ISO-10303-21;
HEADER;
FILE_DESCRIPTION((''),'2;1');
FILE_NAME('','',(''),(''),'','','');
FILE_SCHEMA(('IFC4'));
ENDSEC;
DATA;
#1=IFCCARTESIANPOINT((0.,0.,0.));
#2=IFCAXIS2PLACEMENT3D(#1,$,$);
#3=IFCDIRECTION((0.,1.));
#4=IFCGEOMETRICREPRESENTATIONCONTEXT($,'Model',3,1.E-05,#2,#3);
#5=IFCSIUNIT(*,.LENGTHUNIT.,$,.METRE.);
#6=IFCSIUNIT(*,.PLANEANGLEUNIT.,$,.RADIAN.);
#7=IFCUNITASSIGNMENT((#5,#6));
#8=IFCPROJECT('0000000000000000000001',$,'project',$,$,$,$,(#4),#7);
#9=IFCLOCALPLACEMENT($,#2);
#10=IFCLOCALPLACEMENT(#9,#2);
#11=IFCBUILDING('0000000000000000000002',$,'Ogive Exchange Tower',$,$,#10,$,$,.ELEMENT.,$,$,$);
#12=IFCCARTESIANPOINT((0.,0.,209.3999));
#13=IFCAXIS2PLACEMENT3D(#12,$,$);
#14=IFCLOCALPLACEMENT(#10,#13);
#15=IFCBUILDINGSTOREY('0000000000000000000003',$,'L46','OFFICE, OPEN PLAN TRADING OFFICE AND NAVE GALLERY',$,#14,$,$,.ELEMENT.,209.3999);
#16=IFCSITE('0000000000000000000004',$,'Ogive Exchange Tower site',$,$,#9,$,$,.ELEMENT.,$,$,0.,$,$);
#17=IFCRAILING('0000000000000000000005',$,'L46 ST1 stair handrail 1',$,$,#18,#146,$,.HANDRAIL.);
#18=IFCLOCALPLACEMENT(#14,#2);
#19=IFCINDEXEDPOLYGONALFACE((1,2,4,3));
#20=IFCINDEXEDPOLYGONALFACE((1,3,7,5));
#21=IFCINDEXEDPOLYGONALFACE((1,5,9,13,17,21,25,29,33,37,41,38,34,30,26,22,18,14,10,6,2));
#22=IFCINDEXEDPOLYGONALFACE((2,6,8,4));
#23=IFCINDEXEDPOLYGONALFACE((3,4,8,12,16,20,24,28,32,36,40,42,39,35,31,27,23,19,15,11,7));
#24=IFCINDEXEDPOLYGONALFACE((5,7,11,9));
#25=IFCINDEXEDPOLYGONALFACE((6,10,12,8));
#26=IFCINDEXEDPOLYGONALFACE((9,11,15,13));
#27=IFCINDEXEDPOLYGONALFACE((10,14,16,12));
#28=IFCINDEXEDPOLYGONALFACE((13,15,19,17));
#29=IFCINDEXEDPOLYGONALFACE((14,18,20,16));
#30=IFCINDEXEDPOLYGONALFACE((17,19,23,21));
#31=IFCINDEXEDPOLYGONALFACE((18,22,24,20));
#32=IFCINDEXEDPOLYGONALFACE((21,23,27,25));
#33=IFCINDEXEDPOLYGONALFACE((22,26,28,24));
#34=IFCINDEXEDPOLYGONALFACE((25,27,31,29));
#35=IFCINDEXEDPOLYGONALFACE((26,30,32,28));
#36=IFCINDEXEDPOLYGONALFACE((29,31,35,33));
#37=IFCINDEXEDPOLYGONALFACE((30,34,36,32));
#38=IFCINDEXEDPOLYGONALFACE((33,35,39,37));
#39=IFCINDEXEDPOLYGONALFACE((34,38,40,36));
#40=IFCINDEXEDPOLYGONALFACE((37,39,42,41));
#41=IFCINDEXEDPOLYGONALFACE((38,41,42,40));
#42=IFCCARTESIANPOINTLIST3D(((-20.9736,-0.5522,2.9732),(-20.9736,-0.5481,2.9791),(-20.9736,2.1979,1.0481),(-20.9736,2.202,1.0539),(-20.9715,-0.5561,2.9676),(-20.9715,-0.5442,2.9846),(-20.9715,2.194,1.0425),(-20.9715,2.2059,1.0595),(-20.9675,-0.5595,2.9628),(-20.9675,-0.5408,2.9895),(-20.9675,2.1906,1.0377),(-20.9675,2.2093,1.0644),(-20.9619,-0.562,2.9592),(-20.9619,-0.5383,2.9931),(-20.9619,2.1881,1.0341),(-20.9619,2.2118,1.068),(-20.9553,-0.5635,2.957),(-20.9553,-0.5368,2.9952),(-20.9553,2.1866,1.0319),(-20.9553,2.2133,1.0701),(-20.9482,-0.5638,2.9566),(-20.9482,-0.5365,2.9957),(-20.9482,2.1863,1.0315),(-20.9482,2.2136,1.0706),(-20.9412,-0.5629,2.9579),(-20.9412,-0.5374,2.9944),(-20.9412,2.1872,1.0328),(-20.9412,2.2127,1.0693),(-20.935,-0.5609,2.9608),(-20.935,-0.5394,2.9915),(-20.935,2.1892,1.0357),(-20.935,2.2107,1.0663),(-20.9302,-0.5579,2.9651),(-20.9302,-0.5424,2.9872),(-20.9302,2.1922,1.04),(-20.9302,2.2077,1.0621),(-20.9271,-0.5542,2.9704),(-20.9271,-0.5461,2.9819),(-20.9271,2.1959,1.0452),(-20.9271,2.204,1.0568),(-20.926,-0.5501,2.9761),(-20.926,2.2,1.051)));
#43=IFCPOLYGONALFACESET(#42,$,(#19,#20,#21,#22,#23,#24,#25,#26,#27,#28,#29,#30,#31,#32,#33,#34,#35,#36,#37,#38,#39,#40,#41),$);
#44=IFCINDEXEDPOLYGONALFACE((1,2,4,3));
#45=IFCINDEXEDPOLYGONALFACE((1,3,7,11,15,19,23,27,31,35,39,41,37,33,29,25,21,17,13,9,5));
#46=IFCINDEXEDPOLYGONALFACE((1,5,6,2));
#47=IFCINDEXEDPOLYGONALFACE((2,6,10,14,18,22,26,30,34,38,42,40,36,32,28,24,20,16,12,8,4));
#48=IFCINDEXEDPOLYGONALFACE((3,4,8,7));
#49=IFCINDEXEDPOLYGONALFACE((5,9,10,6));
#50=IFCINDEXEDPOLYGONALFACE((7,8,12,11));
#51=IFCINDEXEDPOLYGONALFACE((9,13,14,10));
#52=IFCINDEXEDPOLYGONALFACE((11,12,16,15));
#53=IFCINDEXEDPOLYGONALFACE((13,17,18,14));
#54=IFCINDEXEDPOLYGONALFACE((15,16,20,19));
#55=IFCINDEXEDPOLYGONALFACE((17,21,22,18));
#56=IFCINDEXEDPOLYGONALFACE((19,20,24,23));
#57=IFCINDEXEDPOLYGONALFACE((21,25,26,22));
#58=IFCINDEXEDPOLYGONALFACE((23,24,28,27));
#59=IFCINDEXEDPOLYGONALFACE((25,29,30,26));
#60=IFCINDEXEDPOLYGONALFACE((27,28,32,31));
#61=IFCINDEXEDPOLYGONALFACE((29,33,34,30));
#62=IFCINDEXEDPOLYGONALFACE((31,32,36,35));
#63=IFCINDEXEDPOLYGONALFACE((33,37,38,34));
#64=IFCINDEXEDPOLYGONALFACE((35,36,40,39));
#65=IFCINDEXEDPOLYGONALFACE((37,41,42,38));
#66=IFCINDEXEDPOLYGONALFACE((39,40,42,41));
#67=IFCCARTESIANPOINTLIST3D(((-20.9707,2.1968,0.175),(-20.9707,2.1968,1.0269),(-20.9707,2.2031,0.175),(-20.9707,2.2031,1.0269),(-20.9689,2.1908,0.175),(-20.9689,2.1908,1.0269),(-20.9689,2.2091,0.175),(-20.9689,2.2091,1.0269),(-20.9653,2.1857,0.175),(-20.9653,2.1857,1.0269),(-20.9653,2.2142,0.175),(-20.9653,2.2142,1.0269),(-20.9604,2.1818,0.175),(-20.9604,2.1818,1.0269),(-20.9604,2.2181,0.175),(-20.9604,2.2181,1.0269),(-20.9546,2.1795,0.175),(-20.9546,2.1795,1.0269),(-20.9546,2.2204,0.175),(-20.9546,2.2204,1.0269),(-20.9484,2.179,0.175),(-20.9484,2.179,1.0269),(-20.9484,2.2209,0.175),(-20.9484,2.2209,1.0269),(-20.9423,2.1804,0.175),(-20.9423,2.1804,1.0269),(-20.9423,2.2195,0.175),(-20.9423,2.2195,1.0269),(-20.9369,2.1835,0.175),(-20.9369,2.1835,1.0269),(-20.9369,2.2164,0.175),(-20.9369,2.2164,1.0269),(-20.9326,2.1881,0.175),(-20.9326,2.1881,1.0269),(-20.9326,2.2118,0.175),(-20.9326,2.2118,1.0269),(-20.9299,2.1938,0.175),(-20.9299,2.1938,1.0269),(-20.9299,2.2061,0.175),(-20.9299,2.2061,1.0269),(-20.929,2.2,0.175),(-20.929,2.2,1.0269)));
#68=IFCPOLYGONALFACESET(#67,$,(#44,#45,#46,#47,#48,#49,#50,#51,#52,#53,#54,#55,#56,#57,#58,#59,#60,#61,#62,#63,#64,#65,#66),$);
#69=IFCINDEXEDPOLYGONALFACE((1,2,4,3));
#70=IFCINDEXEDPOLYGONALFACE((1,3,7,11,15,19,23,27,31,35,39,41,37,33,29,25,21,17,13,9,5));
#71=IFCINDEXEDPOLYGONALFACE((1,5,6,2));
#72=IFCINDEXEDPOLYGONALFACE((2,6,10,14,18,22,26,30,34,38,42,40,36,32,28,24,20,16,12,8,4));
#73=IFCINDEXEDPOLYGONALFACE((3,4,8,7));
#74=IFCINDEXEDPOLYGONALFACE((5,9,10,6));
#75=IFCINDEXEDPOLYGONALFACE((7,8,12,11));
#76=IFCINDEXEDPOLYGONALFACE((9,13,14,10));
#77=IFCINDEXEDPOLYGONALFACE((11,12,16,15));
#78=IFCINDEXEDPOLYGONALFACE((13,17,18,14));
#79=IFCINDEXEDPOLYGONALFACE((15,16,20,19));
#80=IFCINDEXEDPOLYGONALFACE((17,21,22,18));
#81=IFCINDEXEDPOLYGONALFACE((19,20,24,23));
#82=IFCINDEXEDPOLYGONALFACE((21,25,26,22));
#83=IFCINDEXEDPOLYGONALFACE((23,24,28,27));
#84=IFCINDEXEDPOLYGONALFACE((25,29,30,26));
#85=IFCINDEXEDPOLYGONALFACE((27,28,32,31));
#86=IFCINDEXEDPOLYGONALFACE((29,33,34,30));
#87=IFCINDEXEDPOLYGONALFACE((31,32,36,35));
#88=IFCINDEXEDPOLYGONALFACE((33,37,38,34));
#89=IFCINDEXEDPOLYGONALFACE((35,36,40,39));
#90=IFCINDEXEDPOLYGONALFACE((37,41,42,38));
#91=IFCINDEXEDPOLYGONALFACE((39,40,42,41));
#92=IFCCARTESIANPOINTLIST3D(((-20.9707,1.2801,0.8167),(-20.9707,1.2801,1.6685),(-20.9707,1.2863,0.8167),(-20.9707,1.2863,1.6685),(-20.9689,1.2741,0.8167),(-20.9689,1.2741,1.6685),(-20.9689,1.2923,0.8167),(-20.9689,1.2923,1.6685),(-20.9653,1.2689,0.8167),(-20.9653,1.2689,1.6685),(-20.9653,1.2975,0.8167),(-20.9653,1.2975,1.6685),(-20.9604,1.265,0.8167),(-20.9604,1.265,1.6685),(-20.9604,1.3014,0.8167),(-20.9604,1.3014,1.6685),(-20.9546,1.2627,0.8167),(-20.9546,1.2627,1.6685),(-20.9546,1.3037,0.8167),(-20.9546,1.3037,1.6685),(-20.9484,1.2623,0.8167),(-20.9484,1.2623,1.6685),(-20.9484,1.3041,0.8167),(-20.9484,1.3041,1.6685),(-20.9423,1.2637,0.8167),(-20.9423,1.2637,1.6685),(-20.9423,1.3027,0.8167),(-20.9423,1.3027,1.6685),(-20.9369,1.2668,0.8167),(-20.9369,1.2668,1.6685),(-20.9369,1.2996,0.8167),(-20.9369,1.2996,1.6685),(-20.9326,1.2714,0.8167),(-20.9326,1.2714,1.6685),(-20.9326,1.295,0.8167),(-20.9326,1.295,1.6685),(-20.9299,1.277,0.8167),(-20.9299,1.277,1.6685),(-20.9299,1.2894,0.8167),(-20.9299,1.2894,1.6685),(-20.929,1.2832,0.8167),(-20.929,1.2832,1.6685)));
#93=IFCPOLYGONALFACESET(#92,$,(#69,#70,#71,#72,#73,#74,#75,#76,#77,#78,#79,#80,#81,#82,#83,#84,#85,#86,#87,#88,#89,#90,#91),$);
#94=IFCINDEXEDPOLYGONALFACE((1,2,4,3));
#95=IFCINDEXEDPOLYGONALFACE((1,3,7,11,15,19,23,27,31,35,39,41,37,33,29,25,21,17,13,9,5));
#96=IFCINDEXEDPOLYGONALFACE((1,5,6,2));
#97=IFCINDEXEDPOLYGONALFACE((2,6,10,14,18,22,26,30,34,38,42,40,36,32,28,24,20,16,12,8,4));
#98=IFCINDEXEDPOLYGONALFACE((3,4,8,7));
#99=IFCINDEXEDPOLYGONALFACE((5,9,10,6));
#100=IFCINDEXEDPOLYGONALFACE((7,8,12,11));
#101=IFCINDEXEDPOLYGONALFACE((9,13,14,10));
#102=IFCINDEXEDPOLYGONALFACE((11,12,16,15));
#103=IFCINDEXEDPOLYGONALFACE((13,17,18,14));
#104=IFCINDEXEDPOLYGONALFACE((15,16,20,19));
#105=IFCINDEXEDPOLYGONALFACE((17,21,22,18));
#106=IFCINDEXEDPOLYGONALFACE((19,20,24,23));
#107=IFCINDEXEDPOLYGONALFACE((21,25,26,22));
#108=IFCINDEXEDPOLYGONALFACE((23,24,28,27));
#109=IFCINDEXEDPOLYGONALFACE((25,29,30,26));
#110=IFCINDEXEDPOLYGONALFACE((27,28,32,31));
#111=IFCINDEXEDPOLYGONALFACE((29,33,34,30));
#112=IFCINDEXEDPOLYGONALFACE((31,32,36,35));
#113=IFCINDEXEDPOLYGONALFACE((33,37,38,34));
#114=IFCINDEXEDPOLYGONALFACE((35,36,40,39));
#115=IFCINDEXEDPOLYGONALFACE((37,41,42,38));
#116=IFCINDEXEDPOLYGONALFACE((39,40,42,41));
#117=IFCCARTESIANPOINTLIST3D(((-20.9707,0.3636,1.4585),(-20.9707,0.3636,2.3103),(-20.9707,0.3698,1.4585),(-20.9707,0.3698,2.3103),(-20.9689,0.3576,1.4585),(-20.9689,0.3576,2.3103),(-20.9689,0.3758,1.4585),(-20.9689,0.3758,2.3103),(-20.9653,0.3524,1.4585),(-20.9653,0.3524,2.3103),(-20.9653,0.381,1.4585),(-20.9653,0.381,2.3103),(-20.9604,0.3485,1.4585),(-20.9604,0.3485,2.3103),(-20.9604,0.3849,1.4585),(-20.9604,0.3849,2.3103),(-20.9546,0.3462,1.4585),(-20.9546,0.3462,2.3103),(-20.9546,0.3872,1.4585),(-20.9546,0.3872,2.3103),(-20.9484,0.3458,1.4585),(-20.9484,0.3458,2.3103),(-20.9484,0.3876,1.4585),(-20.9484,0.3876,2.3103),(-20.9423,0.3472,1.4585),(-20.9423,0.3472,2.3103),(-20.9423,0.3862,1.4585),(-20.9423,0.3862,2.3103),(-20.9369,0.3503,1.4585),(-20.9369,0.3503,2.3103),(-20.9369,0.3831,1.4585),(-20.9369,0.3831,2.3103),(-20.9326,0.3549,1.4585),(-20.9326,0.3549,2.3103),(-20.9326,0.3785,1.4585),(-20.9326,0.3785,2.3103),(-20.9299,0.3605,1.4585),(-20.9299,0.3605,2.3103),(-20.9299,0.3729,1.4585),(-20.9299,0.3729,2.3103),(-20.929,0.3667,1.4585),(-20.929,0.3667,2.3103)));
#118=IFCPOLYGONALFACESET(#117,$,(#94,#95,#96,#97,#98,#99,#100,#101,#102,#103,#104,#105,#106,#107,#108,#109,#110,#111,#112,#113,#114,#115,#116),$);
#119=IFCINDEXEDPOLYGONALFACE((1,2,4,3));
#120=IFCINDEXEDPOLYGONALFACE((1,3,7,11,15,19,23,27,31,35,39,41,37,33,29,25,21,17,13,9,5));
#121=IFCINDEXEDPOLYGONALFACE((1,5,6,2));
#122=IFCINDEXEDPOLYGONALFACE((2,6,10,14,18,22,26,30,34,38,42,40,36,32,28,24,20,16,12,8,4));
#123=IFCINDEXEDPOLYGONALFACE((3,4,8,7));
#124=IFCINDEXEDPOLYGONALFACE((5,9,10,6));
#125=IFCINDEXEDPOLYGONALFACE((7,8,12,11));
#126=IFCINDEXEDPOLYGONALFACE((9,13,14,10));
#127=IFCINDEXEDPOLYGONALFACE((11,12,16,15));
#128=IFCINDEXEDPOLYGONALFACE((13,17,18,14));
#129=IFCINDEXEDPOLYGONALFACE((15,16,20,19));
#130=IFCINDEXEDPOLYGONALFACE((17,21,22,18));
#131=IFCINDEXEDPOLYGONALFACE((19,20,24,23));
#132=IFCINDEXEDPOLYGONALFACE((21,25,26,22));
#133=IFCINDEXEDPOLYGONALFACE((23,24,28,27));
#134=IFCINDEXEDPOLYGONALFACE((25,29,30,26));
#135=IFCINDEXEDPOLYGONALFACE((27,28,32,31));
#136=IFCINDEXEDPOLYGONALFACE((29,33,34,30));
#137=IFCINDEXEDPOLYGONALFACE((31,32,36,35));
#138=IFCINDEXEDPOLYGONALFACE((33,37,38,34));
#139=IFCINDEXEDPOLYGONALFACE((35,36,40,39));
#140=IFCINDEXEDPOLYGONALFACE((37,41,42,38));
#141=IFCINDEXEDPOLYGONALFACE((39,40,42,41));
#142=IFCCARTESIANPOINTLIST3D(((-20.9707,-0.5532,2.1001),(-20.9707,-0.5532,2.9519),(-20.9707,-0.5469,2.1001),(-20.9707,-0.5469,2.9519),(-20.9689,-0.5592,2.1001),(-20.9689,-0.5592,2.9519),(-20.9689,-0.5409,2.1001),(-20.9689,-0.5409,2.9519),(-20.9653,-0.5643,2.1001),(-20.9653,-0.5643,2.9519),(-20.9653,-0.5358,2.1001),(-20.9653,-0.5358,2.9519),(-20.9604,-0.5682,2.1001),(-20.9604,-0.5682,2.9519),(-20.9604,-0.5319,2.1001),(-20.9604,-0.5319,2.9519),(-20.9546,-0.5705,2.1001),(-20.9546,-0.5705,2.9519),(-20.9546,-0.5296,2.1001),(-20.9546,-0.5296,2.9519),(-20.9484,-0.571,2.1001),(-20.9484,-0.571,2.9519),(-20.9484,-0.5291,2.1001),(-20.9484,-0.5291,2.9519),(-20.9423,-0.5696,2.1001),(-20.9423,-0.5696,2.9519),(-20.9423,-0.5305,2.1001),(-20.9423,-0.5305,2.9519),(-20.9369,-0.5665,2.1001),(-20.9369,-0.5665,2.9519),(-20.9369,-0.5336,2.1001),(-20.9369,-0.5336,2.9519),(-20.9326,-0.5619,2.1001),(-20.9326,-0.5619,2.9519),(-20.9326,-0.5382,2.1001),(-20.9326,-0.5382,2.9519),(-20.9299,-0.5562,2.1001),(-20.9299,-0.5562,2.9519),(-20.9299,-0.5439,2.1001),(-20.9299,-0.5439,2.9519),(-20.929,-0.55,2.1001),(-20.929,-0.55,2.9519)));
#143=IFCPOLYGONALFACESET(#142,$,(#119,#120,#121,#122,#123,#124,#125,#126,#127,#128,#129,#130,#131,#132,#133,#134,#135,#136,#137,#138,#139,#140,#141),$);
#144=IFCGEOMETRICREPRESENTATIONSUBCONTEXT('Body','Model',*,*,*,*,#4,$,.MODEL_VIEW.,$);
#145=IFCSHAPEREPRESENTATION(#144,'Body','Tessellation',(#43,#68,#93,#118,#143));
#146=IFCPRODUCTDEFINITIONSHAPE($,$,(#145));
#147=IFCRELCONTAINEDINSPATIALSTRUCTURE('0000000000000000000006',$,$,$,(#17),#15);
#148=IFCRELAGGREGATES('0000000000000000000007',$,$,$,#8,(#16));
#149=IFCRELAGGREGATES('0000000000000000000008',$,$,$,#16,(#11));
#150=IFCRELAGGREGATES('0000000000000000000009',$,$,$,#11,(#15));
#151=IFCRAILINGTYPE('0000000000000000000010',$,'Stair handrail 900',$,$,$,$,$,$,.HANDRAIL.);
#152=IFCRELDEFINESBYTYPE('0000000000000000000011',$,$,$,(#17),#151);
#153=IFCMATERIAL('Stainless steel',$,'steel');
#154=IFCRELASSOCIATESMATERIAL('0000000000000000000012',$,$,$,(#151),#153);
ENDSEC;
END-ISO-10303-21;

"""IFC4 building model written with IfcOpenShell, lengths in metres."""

from ifc_helpers import new_model, si_unit, direction, frame, origin, origin_2d, place, context, subcontext, project, spatial, circle, extrude, material, type_object, element, save


model = new_model("IFC4")

# Units and contexts
model_context = context("Model", 3, precision=1e-05, world=origin(), true_north=direction((0.0, 1.0)))
body_context = subcontext(model_context, "Body", "Model", "MODEL_VIEW")
ifc_project = project(units=[si_unit("LENGTHUNIT", "METRE"), si_unit("PLANEANGLEUNIT", "RADIAN")], contexts=[model_context])

# Site, building, storey
site_placement = place(None, origin())
site = spatial("IfcSite", under=ifc_project, at=site_placement, Name="Ogive Exchange Tower site", CompositionType="ELEMENT", RefElevation=0.0)
building_placement = place(site_placement, origin())
building = spatial("IfcBuilding", under=site, at=building_placement, Name="Ogive Exchange Tower", CompositionType="ELEMENT")
storey_placement = place(building_placement, frame((0.0, 0.0, 209.3999)))
storey = spatial("IfcBuildingStorey", under=building, at=storey_placement, Name="L46", Description="OFFICE, OPEN PLAN TRADING OFFICE AND NAVE GALLERY", CompositionType="ELEMENT", Elevation=209.3999)

# Shared definitions
ifc_material_1 = material(Name="Stainless steel", Category="steel")

# Railing
railing_type = type_object("IfcRailingType", Name="Stair handrail 900", PredefinedType="HANDRAIL", material=ifc_material_1)
railing_1_placement = place(storey_placement, frame((-20.95, 2.2, 0.175)))
element("IfcRailing", 1, at=railing_1_placement, inside=storey, type_object=railing_type, Name="L46 ST1 stair handrail 1", PredefinedType="HANDRAIL", context=body_context, shape_type="SweptSolid", body=[
    extrude(circle(Radius=0.0239, at=origin_2d()), frame((0.0, 0.0, 0.876), z_axis=(0.0, -0.819225, 0.573472), x_axis=(1.0, 0.0, 0.0)), (0.0, 0.0, 1.0), 3.3569),
    extrude(circle(Radius=0.021, at=origin_2d()), origin(), (0.0, 0.0, 1.0), 0.8518),
    extrude(circle(Radius=0.021, at=origin_2d()), frame((0.0, -0.9167, 0.6416)), (0.0, 0.0, 1.0), 0.8518),
    extrude(circle(Radius=0.021, at=origin_2d()), frame((0.0, -1.8333, 1.2834)), (0.0, 0.0, 1.0), 0.8518),
    extrude(circle(Radius=0.021, at=origin_2d()), frame((0.0, -2.75, 1.925)), (0.0, 0.0, 1.0), 0.8518),
])

save(model, "model.ifc")
